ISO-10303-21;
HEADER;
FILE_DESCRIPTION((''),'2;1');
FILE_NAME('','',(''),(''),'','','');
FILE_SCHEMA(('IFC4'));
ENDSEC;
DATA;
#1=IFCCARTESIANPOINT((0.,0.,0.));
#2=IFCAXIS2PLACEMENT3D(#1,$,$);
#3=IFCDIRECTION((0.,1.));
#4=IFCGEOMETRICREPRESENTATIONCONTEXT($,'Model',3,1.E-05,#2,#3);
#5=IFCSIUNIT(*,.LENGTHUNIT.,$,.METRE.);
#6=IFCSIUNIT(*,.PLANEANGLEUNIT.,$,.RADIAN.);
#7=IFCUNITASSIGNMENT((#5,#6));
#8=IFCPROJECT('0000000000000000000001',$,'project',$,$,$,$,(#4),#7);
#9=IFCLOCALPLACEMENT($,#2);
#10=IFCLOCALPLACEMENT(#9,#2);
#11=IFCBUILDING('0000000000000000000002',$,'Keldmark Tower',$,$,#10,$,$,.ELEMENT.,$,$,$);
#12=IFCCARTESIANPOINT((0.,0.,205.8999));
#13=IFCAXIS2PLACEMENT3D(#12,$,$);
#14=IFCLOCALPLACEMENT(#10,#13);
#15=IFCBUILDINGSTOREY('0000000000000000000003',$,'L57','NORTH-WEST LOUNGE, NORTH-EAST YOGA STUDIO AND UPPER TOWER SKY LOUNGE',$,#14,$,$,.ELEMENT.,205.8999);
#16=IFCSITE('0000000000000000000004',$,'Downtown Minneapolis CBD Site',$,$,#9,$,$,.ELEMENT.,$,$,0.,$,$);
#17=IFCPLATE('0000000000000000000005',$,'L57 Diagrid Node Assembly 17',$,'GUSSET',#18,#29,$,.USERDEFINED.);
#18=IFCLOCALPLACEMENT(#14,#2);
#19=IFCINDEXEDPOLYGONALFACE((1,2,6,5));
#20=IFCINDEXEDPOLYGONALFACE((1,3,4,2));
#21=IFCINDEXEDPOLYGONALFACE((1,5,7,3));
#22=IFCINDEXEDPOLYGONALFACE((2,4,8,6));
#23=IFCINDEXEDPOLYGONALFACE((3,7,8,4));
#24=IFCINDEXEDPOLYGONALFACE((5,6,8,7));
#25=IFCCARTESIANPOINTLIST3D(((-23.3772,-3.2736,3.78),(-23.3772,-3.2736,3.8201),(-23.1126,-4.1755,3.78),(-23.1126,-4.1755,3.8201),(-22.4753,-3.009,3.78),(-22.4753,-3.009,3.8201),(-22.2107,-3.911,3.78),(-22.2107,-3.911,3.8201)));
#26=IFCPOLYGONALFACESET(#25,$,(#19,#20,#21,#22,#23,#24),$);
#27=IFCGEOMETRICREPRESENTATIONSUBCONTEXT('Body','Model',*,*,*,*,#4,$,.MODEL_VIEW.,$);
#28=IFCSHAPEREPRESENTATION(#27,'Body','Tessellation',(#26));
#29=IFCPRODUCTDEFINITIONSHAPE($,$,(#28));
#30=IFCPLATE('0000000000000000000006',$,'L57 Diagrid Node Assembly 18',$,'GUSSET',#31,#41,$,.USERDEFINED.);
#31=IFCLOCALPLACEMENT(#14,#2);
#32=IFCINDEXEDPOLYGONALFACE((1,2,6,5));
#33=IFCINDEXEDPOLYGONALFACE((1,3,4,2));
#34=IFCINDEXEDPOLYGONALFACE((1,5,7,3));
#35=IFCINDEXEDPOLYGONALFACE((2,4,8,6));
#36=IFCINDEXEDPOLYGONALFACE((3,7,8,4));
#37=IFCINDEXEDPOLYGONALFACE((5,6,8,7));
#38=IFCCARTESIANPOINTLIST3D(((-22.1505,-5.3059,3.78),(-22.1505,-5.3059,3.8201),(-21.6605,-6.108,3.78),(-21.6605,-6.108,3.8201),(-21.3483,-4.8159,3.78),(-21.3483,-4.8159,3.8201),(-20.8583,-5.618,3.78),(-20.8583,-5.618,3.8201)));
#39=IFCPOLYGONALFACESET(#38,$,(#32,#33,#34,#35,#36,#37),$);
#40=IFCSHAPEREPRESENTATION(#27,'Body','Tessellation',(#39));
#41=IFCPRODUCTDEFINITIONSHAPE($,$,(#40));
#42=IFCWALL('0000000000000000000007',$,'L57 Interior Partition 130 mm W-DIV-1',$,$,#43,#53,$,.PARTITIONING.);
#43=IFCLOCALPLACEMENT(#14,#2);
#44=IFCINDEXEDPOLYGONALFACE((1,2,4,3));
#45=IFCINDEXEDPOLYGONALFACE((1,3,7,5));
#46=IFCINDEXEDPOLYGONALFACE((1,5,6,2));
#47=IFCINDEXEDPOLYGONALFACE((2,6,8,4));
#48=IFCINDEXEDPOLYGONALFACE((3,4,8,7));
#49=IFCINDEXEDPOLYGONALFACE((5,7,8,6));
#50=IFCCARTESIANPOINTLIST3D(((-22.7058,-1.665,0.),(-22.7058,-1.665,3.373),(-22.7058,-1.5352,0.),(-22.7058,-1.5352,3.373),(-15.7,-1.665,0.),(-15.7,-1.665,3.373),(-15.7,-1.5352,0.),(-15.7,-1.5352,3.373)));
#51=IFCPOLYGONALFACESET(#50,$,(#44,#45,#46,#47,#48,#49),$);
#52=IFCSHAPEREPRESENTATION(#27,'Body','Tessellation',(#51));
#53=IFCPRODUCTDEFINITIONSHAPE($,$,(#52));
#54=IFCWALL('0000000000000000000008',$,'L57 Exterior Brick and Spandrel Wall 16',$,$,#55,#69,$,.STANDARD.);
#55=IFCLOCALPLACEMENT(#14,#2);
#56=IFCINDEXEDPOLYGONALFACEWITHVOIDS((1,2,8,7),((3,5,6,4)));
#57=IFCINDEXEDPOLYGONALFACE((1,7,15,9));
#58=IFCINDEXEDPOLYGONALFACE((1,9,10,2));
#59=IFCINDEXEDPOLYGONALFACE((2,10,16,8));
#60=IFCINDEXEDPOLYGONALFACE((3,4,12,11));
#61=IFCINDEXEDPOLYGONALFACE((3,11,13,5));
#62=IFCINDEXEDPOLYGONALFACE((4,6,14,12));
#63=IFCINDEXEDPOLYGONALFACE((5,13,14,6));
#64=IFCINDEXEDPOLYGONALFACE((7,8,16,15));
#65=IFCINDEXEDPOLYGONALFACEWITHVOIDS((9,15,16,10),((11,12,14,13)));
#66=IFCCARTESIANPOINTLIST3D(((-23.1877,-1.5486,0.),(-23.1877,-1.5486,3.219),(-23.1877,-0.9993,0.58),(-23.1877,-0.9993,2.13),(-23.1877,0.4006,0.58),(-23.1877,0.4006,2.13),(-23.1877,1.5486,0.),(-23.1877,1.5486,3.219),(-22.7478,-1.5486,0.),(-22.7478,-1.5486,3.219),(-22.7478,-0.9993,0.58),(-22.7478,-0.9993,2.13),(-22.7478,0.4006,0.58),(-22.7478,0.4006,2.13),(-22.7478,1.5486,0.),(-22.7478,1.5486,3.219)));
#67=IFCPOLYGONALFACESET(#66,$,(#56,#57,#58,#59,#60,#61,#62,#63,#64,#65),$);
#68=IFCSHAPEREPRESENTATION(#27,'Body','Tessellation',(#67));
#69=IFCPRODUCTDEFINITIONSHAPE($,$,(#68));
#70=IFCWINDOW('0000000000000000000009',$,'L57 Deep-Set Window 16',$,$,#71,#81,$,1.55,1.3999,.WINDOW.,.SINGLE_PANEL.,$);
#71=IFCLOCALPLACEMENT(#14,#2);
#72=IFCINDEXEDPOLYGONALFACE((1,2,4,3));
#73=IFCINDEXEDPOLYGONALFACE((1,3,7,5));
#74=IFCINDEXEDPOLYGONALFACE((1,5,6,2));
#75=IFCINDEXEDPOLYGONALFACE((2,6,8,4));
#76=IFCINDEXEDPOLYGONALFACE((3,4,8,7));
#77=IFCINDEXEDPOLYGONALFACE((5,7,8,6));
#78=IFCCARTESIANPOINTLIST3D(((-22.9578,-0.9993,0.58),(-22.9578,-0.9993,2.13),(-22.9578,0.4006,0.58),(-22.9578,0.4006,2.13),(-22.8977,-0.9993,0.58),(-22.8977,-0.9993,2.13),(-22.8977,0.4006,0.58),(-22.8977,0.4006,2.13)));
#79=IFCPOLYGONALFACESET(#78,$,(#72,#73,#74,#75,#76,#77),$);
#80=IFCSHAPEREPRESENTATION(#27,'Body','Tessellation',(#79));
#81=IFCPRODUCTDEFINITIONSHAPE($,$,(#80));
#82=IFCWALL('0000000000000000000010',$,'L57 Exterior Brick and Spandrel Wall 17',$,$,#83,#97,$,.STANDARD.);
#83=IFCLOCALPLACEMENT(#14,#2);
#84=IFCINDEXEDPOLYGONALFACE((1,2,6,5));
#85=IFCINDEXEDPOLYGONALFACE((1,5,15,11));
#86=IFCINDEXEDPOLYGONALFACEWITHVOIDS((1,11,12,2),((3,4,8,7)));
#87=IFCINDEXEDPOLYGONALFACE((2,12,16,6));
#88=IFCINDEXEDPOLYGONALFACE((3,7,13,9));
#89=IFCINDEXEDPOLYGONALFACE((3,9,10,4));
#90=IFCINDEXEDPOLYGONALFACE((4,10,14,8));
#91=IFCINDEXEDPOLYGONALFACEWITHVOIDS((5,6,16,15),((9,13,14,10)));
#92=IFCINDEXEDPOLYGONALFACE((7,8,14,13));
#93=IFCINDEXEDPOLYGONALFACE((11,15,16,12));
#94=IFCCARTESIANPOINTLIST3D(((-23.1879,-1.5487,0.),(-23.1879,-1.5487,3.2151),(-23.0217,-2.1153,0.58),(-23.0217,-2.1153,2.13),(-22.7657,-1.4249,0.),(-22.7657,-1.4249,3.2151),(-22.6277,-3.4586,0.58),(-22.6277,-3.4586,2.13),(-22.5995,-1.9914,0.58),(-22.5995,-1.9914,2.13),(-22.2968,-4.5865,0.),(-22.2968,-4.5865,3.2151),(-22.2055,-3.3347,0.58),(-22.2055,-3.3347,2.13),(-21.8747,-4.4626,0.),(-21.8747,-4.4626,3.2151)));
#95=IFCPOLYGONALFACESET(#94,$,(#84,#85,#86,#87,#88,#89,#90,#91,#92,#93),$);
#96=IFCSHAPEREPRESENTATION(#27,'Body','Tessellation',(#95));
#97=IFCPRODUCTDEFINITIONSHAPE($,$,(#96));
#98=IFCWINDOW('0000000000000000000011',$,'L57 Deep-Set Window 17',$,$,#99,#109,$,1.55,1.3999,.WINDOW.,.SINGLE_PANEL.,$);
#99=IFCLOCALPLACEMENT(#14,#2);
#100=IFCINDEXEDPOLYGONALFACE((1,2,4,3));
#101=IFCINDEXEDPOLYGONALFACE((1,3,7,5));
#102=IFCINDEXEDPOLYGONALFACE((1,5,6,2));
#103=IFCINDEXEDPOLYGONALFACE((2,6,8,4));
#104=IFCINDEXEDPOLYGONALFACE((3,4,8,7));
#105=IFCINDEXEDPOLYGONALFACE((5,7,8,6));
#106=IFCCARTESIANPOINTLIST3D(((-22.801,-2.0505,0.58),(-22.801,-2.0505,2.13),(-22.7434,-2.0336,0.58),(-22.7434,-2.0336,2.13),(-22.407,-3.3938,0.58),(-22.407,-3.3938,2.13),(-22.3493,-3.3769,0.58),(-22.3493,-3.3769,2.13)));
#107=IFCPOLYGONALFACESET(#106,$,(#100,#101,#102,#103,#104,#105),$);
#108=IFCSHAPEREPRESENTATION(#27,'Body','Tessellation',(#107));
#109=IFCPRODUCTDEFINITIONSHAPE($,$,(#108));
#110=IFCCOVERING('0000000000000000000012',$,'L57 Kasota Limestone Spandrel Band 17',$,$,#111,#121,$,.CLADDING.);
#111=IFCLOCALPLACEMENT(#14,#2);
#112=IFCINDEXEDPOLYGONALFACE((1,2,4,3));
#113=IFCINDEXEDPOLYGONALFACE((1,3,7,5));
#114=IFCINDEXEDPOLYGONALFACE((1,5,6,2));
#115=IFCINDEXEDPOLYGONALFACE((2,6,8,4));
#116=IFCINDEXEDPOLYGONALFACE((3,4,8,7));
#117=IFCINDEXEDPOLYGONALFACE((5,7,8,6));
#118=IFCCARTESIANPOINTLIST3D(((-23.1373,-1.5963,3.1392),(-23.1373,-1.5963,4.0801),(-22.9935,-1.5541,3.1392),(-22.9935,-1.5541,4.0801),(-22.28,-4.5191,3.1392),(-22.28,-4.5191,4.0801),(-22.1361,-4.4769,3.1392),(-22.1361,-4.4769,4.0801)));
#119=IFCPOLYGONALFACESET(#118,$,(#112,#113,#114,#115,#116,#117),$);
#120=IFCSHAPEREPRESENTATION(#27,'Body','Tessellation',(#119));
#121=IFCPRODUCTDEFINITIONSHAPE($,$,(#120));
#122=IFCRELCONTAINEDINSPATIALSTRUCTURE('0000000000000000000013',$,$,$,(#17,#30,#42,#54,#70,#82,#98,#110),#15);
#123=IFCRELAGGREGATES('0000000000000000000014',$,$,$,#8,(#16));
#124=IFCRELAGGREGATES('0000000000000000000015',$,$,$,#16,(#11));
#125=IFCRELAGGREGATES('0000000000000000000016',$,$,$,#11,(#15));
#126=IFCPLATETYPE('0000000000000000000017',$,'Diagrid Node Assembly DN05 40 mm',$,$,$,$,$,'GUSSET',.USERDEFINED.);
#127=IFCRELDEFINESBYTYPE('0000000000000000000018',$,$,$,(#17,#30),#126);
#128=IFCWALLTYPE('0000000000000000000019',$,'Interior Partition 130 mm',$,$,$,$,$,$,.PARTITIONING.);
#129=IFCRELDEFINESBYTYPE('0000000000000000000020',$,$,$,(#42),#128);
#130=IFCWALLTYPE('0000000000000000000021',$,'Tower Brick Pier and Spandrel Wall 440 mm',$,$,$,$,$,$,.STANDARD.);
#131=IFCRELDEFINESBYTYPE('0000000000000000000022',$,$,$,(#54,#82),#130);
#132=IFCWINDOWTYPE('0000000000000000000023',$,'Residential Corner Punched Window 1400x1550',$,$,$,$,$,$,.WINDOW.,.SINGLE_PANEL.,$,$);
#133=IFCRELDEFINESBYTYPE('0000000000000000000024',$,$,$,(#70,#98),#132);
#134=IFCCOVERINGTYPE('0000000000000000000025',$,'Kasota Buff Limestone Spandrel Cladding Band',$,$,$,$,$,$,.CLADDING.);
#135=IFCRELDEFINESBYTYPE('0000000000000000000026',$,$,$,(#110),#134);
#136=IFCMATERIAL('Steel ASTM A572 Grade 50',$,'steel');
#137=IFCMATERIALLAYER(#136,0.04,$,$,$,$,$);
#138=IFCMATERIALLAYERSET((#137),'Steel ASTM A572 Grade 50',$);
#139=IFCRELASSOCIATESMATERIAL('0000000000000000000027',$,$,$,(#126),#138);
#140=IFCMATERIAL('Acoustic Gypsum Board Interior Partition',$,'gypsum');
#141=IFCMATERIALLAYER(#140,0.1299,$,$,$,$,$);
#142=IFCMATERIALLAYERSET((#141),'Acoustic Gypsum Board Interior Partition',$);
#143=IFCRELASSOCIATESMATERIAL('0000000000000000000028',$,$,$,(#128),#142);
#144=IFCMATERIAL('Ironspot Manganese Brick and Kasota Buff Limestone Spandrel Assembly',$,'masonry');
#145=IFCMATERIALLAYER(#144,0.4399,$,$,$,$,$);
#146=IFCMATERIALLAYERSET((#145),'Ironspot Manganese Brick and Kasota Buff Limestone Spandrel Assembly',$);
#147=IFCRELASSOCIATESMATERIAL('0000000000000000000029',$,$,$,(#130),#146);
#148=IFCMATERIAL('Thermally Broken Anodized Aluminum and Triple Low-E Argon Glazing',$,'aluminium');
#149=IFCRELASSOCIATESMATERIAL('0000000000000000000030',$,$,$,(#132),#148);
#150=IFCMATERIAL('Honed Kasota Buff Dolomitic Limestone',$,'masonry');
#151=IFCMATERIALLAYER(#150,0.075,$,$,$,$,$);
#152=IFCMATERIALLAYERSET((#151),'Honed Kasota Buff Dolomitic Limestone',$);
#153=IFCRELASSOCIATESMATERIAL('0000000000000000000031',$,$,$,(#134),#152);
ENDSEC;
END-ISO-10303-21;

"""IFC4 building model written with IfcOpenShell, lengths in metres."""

from ifc_helpers import new_model, si_unit, direction, frame, frame_2d, origin, origin_2d, place, context, subcontext, project, spatial, rectangle, extrude, material, layer, layer_set, type_object, element, fill, save


model = new_model("IFC4")

# Units and contexts
model_context = context("Model", 3, precision=1e-05, world=origin(), true_north=direction((0.0, 1.0)))
body_context = subcontext(model_context, "Body", "Model", "MODEL_VIEW")
ifc_project = project(units=[si_unit("LENGTHUNIT", "METRE"), si_unit("PLANEANGLEUNIT", "RADIAN")], contexts=[model_context])

# Site, building, storey
site_placement = place(None, origin())
site = spatial("IfcSite", under=ifc_project, at=site_placement, Name="Downtown Minneapolis CBD Site", CompositionType="ELEMENT", RefElevation=0.0)
building_placement = place(site_placement, origin())
building = spatial("IfcBuilding", under=site, at=building_placement, Name="Keldmark Tower", CompositionType="ELEMENT")
storey_placement = place(building_placement, frame((0.0, 0.0, 205.8999)))
storey = spatial("IfcBuildingStorey", under=building, at=storey_placement, Name="L57", Description="NORTH-WEST LOUNGE, NORTH-EAST YOGA STUDIO AND UPPER TOWER SKY LOUNGE", CompositionType="ELEMENT", Elevation=205.8999)

# Plates
ifc_material_1 = material(Name="Steel ASTM A572 Grade 50", Category="steel")
ifc_layer_1 = layer(ifc_material_1, 0.04)
ifc_layer_set_1 = layer_set([ifc_layer_1], Name="Steel ASTM A572 Grade 50")
plate_type = type_object("IfcPlateType", Name="Diagrid Node Assembly DN05 40 mm", ElementType="GUSSET", PredefinedType="USERDEFINED", material=ifc_layer_set_1)
for number, where, z_axis, x_axis, name in (
    (1, (-22.7939, -3.5923, 3.78), (0.0, 0.0, 1.0), (0.281504, -0.95956, 0.0), "L57 Diagrid Node Assembly 17"),
    (2, (-21.5044, -5.4619, 3.78), (0.0, 0.0, 1.0), (0.521308, -0.853369, 0.0), "L57 Diagrid Node Assembly 18"),
):
    element("IfcPlate", number, at=place(storey_placement, frame(where, z_axis=z_axis, x_axis=x_axis)), inside=storey, type_object=plate_type, Name=name, ObjectType="GUSSET", PredefinedType="USERDEFINED", context=body_context, shape_type="SweptSolid", body=[
        extrude(rectangle(XDim=0.9399, YDim=0.9399, at=origin_2d()), origin(), (0.0, 0.0, 1.0), 0.04),
    ])

# Wall
ifc_material_2 = material(Name="Acoustic Gypsum Board Interior Partition", Category="gypsum")
ifc_layer_2 = layer(ifc_material_2, 0.1299)
ifc_layer_set_2 = layer_set([ifc_layer_2], Name="Acoustic Gypsum Board Interior Partition")
wall_type_1 = type_object("IfcWallType", Name="Interior Partition 130 mm", PredefinedType="PARTITIONING", material=ifc_layer_set_2)
wall_1_placement = place(storey_placement, frame((-22.7058, -1.6001, 0.0), z_axis=(0.0, 0.0, 1.0), x_axis=(1.0, 0.0, 0.0)))
element("IfcWall", 3, at=wall_1_placement, inside=storey, type_object=wall_type_1, Name="L57 Interior Partition 130 mm W-DIV-1", PredefinedType="PARTITIONING", context=body_context, shape_type="SweptSolid", body=[
    extrude(rectangle(XDim=7.0059, YDim=0.1299, at=frame_2d((3.5029, 0.0))), origin(), (0.0, 0.0, 1.0), 3.373),
])

# Walls, openings, windows
ifc_material_3 = material(Name="Ironspot Manganese Brick and Kasota Buff Limestone Spandrel Assembly", Category="masonry")
ifc_layer_3 = layer(ifc_material_3, 0.4399)
ifc_layer_set_3 = layer_set([ifc_layer_3], Name="Ironspot Manganese Brick and Kasota Buff Limestone Spandrel Assembly")
wall_type_2 = type_object("IfcWallType", Name="Tower Brick Pier and Spandrel Wall 440 mm", PredefinedType="STANDARD", material=ifc_layer_set_3)
wall_2_placement = place(storey_placement, frame((-22.9678, -1.5486, 0.0), z_axis=(0.0, 0.0, 1.0), x_axis=(0.0, 1.0, 0.0)))
wall_2 = element("IfcWall", 4, at=wall_2_placement, inside=storey, type_object=wall_type_2, Name="L57 Exterior Brick and Spandrel Wall 16", PredefinedType="STANDARD", context=body_context, shape_type="SweptSolid", body=[
    extrude(rectangle(XDim=3.0972, YDim=0.4399, at=frame_2d((1.5486, 0.0))), origin(), (0.0, 0.0, 1.0), 3.219),
])
opening_1_placement = place(wall_2_placement, frame((0.5493, 0.0, 0.5801)))
opening_1 = element("IfcOpeningElement", 5, at=opening_1_placement, cuts=wall_2, PredefinedType="OPENING", context=body_context, shape_type="SweptSolid", body=[
    extrude(rectangle(XDim=1.3999, YDim=1.55, at=frame_2d((0.7, 0.7749))), frame((0.0, 0.23, 0.0), z_axis=(0.0, -1.0, 0.0), x_axis=(1.0, 0.0, 0.0)), (0.0, 0.0, 1.0), 0.46),
])
ifc_material_4 = material(Name="Thermally Broken Anodized Aluminum and Triple Low-E Argon Glazing", Category="aluminium")
window_type = type_object("IfcWindowType", Name="Residential Corner Punched Window 1400x1550", PartitioningType="SINGLE_PANEL", PredefinedType="WINDOW", material=ifc_material_4)
window_1_placement = place(opening_1_placement, origin())
window_1 = element("IfcWindow", 6, at=window_1_placement, inside=storey, type_object=window_type, Name="L57 Deep-Set Window 16", OverallHeight=1.55, OverallWidth=1.3999, PartitioningType="SINGLE_PANEL", PredefinedType="WINDOW", context=body_context, shape_type="SweptSolid", body=[
    extrude(rectangle(XDim=1.3999, YDim=1.55, at=frame_2d((0.7, 0.7749))), frame((0.0, -0.01, 0.0), z_axis=(0.0, -1.0, 0.0), x_axis=(1.0, 0.0, 0.0)), (0.0, 0.0, 1.0), 0.0601),
])
fill(opening_1, window_1)
wall_3_placement = place(storey_placement, frame((-22.0857, -4.5247, 0.0), z_axis=(0.0, 0.0, 1.0), x_axis=(-0.281477, 0.959568, 0.0)))
wall_3 = element("IfcWall", 7, at=wall_3_placement, inside=storey, type_object=wall_type_2, Name="L57 Exterior Brick and Spandrel Wall 17", PredefinedType="STANDARD", context=body_context, shape_type="SweptSolid", body=[
    extrude(rectangle(XDim=3.1658, YDim=0.4399, at=frame_2d((1.583, 0.0))), origin(), (0.0, 0.0, 1.0), 3.2151),
])
opening_2_placement = place(wall_3_placement, frame((1.1755, 0.0, 0.5801)))
opening_2 = element("IfcOpeningElement", 8, at=opening_2_placement, cuts=wall_3, PredefinedType="OPENING", context=body_context, shape_type="SweptSolid", body=[
    extrude(rectangle(XDim=1.3999, YDim=1.55, at=frame_2d((0.7, 0.7749))), frame((0.0, 0.23, 0.0), z_axis=(0.0, -1.0, 0.0), x_axis=(1.0, 0.0, 0.0)), (0.0, 0.0, 1.0), 0.46),
])
window_2_placement = place(opening_2_placement, origin())
window_2 = element("IfcWindow", 9, at=window_2_placement, inside=storey, type_object=window_type, Name="L57 Deep-Set Window 17", OverallHeight=1.55, OverallWidth=1.3999, PartitioningType="SINGLE_PANEL", PredefinedType="WINDOW", context=body_context, shape_type="SweptSolid", body=[
    extrude(rectangle(XDim=1.3999, YDim=1.55, at=frame_2d((0.7, 0.7749))), frame((0.0, -0.01, 0.0), z_axis=(0.0, -1.0, 0.0), x_axis=(1.0, 0.0, 0.0)), (0.0, 0.0, 1.0), 0.0601),
])
fill(opening_2, window_2)

# Covering
ifc_material_5 = material(Name="Honed Kasota Buff Dolomitic Limestone", Category="masonry")
ifc_layer_4 = layer(ifc_material_5, 0.075)
ifc_layer_set_4 = layer_set([ifc_layer_4], Name="Honed Kasota Buff Dolomitic Limestone")
covering_type = type_object("IfcCoveringType", Name="Kasota Buff Limestone Spandrel Cladding Band", PredefinedType="CLADDING", material=ifc_layer_set_4)
covering_placement = place(storey_placement, frame((-22.6367, -3.0366, 3.1392), z_axis=(0.0, 0.0, 1.0), x_axis=(0.281471, -0.95957, 0.0)))
element("IfcCovering", 10, at=covering_placement, inside=storey, type_object=covering_type, Name="L57 Kasota Limestone Spandrel Band 17", PredefinedType="CLADDING", context=body_context, shape_type="SweptSolid", body=[
    extrude(rectangle(XDim=3.0459, YDim=0.1499, at=origin_2d()), origin(), (0.0, 0.0, 1.0), 0.9409),
])

save(model, "model.ifc")
